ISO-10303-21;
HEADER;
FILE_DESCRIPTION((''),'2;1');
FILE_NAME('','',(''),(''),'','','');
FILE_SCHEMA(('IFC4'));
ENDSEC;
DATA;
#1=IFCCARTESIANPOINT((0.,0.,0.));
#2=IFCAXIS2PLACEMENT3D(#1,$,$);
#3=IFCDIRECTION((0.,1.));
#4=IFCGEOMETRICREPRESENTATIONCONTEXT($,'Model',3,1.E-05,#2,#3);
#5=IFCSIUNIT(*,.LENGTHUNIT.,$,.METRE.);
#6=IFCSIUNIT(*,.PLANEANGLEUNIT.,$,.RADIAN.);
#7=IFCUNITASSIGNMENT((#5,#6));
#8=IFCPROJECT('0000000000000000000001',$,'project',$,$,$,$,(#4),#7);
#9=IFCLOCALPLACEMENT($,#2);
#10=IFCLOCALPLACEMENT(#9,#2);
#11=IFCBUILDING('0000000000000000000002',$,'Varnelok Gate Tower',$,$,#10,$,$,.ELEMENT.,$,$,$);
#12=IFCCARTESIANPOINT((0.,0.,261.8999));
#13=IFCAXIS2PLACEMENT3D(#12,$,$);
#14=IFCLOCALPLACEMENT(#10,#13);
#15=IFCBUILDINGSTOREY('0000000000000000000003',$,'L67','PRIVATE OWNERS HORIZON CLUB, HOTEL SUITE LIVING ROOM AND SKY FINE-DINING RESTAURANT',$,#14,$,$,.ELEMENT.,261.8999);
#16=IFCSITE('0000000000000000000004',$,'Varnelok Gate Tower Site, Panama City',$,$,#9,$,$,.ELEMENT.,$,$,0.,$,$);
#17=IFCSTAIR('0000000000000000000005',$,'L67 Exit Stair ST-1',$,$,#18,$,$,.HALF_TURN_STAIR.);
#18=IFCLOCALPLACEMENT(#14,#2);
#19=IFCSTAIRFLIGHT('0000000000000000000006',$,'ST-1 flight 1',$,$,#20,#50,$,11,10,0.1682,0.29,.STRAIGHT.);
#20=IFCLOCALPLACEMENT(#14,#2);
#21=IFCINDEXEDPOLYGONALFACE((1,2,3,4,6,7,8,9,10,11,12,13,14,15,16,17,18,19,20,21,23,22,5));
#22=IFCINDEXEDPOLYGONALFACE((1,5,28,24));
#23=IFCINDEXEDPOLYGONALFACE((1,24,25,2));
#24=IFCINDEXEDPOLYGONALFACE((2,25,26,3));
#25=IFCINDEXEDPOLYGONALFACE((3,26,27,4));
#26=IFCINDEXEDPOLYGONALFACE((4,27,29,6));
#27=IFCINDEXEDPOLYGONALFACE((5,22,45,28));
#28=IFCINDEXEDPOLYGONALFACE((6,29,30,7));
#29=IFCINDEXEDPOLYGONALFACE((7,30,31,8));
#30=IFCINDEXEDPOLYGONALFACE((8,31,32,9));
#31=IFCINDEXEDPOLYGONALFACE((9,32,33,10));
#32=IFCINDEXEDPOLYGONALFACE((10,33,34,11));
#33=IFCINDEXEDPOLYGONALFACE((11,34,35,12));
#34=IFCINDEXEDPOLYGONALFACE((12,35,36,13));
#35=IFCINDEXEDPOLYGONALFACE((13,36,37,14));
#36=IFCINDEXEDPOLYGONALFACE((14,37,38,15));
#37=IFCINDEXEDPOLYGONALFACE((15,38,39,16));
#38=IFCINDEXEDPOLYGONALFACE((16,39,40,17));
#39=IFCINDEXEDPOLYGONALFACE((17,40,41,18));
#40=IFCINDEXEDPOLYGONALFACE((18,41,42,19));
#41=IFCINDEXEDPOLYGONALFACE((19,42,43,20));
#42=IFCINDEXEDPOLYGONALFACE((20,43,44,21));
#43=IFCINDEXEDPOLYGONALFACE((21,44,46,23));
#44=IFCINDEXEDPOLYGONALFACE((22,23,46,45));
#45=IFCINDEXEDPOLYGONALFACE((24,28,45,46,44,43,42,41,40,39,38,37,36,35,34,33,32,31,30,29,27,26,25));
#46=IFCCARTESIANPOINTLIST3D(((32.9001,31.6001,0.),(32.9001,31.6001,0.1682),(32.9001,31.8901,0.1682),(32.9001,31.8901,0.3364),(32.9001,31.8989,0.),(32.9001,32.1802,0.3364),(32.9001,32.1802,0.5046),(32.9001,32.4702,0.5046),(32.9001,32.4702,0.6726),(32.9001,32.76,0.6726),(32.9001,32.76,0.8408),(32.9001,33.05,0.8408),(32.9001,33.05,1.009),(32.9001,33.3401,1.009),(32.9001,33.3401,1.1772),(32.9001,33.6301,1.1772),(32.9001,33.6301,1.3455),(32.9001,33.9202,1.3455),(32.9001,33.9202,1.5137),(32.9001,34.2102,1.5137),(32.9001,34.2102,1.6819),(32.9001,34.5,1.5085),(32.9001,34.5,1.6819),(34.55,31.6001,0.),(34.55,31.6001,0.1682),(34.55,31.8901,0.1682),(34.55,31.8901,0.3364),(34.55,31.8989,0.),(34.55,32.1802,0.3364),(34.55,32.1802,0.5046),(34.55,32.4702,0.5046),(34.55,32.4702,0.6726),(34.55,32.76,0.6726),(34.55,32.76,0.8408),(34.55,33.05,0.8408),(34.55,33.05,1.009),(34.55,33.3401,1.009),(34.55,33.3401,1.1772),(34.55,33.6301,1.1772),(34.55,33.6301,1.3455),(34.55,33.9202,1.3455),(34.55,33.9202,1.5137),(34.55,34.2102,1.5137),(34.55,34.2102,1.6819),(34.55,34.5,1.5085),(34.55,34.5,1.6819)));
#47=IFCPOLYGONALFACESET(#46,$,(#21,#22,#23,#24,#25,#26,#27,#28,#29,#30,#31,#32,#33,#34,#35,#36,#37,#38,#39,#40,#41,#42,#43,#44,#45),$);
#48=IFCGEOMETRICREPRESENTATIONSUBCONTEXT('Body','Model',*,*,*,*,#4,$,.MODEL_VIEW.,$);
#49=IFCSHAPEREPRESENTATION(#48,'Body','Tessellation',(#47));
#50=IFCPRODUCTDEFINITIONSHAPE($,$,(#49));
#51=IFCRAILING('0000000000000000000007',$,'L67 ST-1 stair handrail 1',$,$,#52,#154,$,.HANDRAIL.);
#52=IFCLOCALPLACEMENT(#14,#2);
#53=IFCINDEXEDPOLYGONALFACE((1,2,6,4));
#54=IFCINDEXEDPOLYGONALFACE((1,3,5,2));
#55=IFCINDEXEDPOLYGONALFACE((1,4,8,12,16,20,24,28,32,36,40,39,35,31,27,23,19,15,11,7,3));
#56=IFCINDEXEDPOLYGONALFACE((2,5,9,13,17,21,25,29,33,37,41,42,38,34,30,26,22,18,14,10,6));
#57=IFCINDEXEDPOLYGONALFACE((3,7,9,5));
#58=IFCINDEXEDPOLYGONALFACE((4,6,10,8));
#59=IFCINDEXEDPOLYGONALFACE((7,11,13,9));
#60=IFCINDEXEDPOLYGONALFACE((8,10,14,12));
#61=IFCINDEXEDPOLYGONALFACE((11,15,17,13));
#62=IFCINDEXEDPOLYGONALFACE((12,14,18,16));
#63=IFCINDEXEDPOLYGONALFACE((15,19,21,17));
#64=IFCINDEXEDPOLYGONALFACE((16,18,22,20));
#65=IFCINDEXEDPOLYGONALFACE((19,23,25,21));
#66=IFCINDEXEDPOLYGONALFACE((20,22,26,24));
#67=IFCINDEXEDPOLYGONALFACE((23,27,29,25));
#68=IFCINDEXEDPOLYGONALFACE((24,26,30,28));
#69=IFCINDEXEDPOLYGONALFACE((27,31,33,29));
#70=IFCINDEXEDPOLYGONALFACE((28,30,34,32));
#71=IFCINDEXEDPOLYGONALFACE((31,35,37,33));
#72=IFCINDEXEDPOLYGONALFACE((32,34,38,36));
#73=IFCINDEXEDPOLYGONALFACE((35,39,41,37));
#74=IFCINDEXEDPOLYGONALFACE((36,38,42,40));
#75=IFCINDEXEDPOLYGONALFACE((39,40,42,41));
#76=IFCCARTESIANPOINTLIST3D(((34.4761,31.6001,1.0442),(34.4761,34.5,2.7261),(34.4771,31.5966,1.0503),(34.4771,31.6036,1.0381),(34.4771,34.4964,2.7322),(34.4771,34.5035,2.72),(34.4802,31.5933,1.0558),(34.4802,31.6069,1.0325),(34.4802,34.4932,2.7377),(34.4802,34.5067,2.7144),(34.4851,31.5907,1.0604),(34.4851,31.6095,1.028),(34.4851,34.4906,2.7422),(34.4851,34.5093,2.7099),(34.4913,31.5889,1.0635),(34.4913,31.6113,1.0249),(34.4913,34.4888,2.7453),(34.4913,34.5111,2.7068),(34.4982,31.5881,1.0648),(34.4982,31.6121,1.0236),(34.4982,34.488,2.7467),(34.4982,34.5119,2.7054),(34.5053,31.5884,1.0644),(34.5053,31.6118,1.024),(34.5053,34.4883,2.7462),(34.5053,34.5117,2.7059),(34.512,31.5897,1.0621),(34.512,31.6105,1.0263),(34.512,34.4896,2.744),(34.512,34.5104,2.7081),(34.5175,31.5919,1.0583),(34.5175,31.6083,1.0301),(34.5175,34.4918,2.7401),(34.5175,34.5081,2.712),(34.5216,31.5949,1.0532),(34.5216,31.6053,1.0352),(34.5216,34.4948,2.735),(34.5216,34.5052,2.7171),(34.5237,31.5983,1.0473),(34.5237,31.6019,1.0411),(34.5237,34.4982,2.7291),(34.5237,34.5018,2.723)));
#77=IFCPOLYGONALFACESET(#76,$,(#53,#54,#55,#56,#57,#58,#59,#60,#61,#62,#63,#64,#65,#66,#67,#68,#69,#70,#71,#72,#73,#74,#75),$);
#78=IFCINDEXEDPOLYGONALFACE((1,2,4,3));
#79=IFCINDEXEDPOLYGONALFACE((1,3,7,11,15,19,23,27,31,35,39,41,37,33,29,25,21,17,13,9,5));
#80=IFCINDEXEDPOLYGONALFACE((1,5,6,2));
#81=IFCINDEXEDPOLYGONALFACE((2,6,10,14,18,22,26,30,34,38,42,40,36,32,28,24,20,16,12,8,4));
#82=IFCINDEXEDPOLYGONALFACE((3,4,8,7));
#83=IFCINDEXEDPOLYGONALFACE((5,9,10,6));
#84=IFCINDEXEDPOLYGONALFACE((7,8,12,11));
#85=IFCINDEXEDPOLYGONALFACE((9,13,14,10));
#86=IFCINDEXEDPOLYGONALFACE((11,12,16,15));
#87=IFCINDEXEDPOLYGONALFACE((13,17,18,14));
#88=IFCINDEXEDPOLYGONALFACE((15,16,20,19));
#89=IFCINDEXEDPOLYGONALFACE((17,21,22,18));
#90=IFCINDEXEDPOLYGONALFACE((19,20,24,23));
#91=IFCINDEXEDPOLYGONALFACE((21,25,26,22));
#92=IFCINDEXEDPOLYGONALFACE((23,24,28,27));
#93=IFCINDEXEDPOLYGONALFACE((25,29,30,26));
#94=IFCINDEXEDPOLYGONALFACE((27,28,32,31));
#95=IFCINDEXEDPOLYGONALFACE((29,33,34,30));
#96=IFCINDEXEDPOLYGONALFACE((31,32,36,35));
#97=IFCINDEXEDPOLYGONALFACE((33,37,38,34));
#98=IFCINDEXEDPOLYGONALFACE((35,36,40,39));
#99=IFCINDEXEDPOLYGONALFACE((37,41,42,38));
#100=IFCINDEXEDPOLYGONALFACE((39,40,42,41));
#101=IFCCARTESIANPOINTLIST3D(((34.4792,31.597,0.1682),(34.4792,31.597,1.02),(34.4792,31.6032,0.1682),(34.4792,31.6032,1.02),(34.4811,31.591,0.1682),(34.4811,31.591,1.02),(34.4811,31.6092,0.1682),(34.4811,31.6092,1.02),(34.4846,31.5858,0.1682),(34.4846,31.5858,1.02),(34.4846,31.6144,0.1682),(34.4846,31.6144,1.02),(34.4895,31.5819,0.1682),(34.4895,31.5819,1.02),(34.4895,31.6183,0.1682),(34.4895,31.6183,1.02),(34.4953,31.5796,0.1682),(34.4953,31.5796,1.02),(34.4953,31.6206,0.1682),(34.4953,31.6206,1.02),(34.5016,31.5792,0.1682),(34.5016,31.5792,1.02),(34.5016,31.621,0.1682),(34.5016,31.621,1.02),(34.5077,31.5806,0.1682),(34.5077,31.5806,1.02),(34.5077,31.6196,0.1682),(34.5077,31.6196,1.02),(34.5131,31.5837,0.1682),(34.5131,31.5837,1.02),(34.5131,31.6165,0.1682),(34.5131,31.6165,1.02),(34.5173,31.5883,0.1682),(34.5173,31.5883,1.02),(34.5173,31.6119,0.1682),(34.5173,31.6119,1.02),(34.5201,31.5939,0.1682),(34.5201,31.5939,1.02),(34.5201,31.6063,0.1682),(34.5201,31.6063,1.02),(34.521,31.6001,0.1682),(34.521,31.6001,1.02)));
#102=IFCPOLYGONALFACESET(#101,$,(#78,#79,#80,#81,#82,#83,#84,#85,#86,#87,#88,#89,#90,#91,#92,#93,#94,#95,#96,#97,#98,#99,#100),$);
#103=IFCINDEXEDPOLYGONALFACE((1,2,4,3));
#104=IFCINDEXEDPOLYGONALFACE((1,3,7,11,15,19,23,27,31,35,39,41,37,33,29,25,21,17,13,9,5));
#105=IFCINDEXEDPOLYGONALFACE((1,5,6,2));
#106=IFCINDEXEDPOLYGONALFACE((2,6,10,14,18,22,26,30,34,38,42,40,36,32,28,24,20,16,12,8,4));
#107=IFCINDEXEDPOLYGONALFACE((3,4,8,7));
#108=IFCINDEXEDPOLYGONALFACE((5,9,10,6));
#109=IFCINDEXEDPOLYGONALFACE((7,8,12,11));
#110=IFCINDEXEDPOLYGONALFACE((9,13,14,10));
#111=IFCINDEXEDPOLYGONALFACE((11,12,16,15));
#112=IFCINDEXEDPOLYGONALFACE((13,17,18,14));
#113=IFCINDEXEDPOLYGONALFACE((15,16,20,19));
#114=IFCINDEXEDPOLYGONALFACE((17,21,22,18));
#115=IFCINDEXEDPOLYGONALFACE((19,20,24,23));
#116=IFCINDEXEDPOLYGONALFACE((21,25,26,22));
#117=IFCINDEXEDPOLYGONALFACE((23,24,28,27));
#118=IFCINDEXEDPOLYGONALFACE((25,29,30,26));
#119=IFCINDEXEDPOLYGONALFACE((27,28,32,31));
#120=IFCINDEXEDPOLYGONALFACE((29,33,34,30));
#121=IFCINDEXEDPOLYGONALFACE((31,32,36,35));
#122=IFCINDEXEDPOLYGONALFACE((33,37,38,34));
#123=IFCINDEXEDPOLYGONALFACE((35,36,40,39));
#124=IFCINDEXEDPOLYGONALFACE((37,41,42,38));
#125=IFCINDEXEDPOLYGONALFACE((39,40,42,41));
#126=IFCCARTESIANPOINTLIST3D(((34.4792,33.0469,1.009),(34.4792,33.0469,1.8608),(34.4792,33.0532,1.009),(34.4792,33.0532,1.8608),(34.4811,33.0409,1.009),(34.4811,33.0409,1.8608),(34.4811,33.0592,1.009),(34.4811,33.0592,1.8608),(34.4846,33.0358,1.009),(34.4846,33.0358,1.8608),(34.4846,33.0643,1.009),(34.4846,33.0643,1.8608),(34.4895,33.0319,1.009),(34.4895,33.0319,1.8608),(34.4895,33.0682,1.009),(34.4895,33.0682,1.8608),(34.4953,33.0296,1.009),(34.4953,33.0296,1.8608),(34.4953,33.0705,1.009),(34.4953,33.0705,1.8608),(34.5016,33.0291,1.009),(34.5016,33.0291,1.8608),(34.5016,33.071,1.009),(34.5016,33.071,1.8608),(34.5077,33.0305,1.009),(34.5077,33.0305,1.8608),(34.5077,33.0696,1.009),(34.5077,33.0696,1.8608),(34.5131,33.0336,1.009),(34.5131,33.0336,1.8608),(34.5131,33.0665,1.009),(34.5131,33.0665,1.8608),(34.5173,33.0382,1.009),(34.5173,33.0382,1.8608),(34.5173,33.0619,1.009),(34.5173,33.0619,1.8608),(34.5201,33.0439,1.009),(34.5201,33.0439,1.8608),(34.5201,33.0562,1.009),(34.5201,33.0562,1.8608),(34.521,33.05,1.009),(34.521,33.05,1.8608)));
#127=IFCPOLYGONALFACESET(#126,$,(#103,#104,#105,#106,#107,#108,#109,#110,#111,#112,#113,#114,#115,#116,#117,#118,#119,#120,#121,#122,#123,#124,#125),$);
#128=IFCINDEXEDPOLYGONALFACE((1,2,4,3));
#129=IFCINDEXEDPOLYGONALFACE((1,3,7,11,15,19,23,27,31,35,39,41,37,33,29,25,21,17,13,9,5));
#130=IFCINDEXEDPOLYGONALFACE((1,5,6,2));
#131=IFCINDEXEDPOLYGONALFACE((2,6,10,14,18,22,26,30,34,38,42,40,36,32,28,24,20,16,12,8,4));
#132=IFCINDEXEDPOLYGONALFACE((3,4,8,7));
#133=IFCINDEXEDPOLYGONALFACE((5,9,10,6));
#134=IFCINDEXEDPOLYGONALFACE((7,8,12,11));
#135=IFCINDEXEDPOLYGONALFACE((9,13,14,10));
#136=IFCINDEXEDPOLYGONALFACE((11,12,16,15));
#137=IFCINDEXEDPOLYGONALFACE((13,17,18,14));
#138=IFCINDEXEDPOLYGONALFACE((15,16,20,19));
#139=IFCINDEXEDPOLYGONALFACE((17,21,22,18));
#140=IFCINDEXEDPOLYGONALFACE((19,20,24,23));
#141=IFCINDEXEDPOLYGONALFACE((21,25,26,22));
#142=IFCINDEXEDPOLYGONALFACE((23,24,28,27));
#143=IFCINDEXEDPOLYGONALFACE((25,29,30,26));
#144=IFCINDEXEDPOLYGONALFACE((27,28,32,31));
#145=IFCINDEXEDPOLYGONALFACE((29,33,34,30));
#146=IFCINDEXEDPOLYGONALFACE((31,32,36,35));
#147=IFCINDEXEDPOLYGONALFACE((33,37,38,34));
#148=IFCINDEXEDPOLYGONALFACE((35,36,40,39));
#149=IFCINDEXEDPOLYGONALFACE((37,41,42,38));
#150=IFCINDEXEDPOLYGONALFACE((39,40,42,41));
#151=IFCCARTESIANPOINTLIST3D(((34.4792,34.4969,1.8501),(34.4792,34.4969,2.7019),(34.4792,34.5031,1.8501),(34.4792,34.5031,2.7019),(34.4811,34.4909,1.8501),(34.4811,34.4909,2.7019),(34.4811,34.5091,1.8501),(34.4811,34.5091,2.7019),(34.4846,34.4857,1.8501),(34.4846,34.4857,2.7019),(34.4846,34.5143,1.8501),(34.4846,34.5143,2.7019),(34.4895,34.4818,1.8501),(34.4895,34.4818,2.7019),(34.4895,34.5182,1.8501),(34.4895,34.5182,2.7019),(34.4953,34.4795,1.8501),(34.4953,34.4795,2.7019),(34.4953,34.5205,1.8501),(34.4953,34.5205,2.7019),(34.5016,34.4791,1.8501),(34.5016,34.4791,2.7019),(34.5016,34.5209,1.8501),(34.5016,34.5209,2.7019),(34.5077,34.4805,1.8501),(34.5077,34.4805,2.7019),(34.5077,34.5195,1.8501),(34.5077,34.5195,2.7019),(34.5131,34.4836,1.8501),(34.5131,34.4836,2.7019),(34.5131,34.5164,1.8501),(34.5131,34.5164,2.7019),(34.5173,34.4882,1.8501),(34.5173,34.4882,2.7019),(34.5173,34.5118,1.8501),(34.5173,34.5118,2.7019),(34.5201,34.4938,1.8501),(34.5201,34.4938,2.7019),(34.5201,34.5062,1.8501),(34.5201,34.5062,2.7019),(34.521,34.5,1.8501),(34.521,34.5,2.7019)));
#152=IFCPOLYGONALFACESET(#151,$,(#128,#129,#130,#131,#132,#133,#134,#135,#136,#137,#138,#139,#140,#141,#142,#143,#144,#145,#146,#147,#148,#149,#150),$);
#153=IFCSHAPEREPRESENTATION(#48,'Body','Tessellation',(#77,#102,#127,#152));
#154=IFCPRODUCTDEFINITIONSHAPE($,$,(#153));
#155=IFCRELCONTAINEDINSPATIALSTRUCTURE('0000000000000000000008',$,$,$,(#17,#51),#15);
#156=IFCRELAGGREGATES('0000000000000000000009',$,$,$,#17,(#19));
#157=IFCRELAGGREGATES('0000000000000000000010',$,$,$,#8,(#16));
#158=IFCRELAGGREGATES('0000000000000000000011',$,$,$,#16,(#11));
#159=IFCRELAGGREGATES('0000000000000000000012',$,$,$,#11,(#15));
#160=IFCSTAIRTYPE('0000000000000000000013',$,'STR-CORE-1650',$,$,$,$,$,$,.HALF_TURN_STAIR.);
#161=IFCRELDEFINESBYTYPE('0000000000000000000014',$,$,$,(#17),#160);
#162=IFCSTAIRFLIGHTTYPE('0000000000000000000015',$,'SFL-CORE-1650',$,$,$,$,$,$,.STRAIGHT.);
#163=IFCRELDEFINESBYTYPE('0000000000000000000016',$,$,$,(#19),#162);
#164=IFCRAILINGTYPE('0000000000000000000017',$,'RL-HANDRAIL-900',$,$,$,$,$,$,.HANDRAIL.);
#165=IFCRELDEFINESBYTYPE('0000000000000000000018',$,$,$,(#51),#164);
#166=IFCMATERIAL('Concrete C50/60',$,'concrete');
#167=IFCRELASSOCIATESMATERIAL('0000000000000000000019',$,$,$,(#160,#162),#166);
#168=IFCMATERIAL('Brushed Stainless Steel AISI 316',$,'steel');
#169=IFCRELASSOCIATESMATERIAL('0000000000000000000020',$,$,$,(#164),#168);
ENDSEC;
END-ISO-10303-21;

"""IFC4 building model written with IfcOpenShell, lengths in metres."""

from ifc_helpers import new_model, si_unit, direction, frame, origin, origin_2d, place, context, subcontext, project, spatial, polyline, circle, outline, extrude, material, type_object, element, aggregate, save


model = new_model("IFC4")

# Units and contexts
model_context = context("Model", 3, precision=1e-05, world=origin(), true_north=direction((0.0, 1.0)))
body_context = subcontext(model_context, "Body", "Model", "MODEL_VIEW")
ifc_project = project(units=[si_unit("LENGTHUNIT", "METRE"), si_unit("PLANEANGLEUNIT", "RADIAN")], contexts=[model_context])

# Site, building, storey
site_placement = place(None, origin())
site = spatial("IfcSite", under=ifc_project, at=site_placement, Name="Varnelok Gate Tower Site, Panama City", CompositionType="ELEMENT", RefElevation=0.0)
building_placement = place(site_placement, origin())
building = spatial("IfcBuilding", under=site, at=building_placement, Name="Varnelok Gate Tower", CompositionType="ELEMENT")
storey_placement = place(building_placement, frame((0.0, 0.0, 261.8999)))
storey = spatial("IfcBuildingStorey", under=building, at=storey_placement, Name="L67", Description="PRIVATE OWNERS HORIZON CLUB, HOTEL SUITE LIVING ROOM AND SKY FINE-DINING RESTAURANT", CompositionType="ELEMENT", Elevation=261.8999)

# Shared definitions
ifc_material_1 = material(Name="Concrete C50/60", Category="concrete")

# Stair, stair flight
stair_type = type_object("IfcStairType", Name="STR-CORE-1650", PredefinedType="HALF_TURN_STAIR", material=ifc_material_1)
stair_placement = place(storey_placement, origin())
stair = element("IfcStair", 1, at=stair_placement, inside=storey, type_object=stair_type, Name="L67 Exit Stair ST-1", PredefinedType="HALF_TURN_STAIR")
stair_flight_type = type_object("IfcStairFlightType", Name="SFL-CORE-1650", PredefinedType="STRAIGHT", material=ifc_material_1)
stair_flight_placement = place(storey_placement, frame((33.7251, 31.6001, 0.0), z_axis=(0.0, 0.0, 1.0), x_axis=(0.0, 1.0, 0.0)))
stair_flight = element("IfcStairFlight", 2, at=stair_flight_placement, type_object=stair_flight_type, Name="ST-1 flight 1", NumberOfRisers=11, NumberOfTreads=10, PredefinedType="STRAIGHT", RiserHeight=0.1682, TreadLength=0.29, context=body_context, shape_type="SweptSolid", body=[
    extrude(outline(polyline([(0.0, 0.0), (0.0, 0.1682), (0.29, 0.1682), (0.29, 0.3364), (0.5801, 0.3364), (0.5801, 0.5046), (0.8701, 0.5046), (0.8701, 0.6726), (1.1599, 0.6726), (1.1599, 0.8408), (1.45, 0.8408), (1.45, 1.009), (1.74, 1.009), (1.74, 1.1772), (2.03, 1.1772), (2.03, 1.3455), (2.3201, 1.3455), (2.3201, 1.5137), (2.6101, 1.5137), (2.6101, 1.6819), (2.8999, 1.6819), (2.8999, 1.8501), (2.8999, 1.5085), (0.2988, 0.0), (0.0, 0.0)])), frame((0.0, 0.825, 0.0), z_axis=(0.0, -1.0, 0.0), x_axis=(1.0, 0.0, 0.0)), (0.0, 0.0, 1.0), 1.6499),
])
aggregate(stair, [stair_flight])

# Railing
ifc_material_2 = material(Name="Brushed Stainless Steel AISI 316", Category="steel")
railing_type_1 = type_object("IfcRailingType", Name="RL-HANDRAIL-900", PredefinedType="HANDRAIL", material=ifc_material_2)
railing_1_placement = place(storey_placement, frame((34.5, 31.6001, 0.1682)))
element("IfcRailing", 3, at=railing_1_placement, inside=storey, type_object=railing_type_1, Name="L67 ST-1 stair handrail 1", PredefinedType="HANDRAIL", context=body_context, shape_type="SweptSolid", body=[
    extrude(circle(Radius=0.0239, at=origin_2d()), frame((0.0, 0.0, 0.876), z_axis=(0.0, 0.865039, 0.501705), x_axis=(-1.0, 0.0, 0.0)), (0.0, 0.0, 1.0), 3.3523),
    extrude(circle(Radius=0.021, at=origin_2d()), origin(), (0.0, 0.0, 1.0), 0.8518),
    extrude(circle(Radius=0.021, at=origin_2d()), frame((0.0, 1.45, 0.8408)), (0.0, 0.0, 1.0), 0.8518),
    extrude(circle(Radius=0.021, at=origin_2d()), frame((0.0, 2.8999, 1.6819)), (0.0, 0.0, 1.0), 0.8518),
])

save(model, "model.ifc")
